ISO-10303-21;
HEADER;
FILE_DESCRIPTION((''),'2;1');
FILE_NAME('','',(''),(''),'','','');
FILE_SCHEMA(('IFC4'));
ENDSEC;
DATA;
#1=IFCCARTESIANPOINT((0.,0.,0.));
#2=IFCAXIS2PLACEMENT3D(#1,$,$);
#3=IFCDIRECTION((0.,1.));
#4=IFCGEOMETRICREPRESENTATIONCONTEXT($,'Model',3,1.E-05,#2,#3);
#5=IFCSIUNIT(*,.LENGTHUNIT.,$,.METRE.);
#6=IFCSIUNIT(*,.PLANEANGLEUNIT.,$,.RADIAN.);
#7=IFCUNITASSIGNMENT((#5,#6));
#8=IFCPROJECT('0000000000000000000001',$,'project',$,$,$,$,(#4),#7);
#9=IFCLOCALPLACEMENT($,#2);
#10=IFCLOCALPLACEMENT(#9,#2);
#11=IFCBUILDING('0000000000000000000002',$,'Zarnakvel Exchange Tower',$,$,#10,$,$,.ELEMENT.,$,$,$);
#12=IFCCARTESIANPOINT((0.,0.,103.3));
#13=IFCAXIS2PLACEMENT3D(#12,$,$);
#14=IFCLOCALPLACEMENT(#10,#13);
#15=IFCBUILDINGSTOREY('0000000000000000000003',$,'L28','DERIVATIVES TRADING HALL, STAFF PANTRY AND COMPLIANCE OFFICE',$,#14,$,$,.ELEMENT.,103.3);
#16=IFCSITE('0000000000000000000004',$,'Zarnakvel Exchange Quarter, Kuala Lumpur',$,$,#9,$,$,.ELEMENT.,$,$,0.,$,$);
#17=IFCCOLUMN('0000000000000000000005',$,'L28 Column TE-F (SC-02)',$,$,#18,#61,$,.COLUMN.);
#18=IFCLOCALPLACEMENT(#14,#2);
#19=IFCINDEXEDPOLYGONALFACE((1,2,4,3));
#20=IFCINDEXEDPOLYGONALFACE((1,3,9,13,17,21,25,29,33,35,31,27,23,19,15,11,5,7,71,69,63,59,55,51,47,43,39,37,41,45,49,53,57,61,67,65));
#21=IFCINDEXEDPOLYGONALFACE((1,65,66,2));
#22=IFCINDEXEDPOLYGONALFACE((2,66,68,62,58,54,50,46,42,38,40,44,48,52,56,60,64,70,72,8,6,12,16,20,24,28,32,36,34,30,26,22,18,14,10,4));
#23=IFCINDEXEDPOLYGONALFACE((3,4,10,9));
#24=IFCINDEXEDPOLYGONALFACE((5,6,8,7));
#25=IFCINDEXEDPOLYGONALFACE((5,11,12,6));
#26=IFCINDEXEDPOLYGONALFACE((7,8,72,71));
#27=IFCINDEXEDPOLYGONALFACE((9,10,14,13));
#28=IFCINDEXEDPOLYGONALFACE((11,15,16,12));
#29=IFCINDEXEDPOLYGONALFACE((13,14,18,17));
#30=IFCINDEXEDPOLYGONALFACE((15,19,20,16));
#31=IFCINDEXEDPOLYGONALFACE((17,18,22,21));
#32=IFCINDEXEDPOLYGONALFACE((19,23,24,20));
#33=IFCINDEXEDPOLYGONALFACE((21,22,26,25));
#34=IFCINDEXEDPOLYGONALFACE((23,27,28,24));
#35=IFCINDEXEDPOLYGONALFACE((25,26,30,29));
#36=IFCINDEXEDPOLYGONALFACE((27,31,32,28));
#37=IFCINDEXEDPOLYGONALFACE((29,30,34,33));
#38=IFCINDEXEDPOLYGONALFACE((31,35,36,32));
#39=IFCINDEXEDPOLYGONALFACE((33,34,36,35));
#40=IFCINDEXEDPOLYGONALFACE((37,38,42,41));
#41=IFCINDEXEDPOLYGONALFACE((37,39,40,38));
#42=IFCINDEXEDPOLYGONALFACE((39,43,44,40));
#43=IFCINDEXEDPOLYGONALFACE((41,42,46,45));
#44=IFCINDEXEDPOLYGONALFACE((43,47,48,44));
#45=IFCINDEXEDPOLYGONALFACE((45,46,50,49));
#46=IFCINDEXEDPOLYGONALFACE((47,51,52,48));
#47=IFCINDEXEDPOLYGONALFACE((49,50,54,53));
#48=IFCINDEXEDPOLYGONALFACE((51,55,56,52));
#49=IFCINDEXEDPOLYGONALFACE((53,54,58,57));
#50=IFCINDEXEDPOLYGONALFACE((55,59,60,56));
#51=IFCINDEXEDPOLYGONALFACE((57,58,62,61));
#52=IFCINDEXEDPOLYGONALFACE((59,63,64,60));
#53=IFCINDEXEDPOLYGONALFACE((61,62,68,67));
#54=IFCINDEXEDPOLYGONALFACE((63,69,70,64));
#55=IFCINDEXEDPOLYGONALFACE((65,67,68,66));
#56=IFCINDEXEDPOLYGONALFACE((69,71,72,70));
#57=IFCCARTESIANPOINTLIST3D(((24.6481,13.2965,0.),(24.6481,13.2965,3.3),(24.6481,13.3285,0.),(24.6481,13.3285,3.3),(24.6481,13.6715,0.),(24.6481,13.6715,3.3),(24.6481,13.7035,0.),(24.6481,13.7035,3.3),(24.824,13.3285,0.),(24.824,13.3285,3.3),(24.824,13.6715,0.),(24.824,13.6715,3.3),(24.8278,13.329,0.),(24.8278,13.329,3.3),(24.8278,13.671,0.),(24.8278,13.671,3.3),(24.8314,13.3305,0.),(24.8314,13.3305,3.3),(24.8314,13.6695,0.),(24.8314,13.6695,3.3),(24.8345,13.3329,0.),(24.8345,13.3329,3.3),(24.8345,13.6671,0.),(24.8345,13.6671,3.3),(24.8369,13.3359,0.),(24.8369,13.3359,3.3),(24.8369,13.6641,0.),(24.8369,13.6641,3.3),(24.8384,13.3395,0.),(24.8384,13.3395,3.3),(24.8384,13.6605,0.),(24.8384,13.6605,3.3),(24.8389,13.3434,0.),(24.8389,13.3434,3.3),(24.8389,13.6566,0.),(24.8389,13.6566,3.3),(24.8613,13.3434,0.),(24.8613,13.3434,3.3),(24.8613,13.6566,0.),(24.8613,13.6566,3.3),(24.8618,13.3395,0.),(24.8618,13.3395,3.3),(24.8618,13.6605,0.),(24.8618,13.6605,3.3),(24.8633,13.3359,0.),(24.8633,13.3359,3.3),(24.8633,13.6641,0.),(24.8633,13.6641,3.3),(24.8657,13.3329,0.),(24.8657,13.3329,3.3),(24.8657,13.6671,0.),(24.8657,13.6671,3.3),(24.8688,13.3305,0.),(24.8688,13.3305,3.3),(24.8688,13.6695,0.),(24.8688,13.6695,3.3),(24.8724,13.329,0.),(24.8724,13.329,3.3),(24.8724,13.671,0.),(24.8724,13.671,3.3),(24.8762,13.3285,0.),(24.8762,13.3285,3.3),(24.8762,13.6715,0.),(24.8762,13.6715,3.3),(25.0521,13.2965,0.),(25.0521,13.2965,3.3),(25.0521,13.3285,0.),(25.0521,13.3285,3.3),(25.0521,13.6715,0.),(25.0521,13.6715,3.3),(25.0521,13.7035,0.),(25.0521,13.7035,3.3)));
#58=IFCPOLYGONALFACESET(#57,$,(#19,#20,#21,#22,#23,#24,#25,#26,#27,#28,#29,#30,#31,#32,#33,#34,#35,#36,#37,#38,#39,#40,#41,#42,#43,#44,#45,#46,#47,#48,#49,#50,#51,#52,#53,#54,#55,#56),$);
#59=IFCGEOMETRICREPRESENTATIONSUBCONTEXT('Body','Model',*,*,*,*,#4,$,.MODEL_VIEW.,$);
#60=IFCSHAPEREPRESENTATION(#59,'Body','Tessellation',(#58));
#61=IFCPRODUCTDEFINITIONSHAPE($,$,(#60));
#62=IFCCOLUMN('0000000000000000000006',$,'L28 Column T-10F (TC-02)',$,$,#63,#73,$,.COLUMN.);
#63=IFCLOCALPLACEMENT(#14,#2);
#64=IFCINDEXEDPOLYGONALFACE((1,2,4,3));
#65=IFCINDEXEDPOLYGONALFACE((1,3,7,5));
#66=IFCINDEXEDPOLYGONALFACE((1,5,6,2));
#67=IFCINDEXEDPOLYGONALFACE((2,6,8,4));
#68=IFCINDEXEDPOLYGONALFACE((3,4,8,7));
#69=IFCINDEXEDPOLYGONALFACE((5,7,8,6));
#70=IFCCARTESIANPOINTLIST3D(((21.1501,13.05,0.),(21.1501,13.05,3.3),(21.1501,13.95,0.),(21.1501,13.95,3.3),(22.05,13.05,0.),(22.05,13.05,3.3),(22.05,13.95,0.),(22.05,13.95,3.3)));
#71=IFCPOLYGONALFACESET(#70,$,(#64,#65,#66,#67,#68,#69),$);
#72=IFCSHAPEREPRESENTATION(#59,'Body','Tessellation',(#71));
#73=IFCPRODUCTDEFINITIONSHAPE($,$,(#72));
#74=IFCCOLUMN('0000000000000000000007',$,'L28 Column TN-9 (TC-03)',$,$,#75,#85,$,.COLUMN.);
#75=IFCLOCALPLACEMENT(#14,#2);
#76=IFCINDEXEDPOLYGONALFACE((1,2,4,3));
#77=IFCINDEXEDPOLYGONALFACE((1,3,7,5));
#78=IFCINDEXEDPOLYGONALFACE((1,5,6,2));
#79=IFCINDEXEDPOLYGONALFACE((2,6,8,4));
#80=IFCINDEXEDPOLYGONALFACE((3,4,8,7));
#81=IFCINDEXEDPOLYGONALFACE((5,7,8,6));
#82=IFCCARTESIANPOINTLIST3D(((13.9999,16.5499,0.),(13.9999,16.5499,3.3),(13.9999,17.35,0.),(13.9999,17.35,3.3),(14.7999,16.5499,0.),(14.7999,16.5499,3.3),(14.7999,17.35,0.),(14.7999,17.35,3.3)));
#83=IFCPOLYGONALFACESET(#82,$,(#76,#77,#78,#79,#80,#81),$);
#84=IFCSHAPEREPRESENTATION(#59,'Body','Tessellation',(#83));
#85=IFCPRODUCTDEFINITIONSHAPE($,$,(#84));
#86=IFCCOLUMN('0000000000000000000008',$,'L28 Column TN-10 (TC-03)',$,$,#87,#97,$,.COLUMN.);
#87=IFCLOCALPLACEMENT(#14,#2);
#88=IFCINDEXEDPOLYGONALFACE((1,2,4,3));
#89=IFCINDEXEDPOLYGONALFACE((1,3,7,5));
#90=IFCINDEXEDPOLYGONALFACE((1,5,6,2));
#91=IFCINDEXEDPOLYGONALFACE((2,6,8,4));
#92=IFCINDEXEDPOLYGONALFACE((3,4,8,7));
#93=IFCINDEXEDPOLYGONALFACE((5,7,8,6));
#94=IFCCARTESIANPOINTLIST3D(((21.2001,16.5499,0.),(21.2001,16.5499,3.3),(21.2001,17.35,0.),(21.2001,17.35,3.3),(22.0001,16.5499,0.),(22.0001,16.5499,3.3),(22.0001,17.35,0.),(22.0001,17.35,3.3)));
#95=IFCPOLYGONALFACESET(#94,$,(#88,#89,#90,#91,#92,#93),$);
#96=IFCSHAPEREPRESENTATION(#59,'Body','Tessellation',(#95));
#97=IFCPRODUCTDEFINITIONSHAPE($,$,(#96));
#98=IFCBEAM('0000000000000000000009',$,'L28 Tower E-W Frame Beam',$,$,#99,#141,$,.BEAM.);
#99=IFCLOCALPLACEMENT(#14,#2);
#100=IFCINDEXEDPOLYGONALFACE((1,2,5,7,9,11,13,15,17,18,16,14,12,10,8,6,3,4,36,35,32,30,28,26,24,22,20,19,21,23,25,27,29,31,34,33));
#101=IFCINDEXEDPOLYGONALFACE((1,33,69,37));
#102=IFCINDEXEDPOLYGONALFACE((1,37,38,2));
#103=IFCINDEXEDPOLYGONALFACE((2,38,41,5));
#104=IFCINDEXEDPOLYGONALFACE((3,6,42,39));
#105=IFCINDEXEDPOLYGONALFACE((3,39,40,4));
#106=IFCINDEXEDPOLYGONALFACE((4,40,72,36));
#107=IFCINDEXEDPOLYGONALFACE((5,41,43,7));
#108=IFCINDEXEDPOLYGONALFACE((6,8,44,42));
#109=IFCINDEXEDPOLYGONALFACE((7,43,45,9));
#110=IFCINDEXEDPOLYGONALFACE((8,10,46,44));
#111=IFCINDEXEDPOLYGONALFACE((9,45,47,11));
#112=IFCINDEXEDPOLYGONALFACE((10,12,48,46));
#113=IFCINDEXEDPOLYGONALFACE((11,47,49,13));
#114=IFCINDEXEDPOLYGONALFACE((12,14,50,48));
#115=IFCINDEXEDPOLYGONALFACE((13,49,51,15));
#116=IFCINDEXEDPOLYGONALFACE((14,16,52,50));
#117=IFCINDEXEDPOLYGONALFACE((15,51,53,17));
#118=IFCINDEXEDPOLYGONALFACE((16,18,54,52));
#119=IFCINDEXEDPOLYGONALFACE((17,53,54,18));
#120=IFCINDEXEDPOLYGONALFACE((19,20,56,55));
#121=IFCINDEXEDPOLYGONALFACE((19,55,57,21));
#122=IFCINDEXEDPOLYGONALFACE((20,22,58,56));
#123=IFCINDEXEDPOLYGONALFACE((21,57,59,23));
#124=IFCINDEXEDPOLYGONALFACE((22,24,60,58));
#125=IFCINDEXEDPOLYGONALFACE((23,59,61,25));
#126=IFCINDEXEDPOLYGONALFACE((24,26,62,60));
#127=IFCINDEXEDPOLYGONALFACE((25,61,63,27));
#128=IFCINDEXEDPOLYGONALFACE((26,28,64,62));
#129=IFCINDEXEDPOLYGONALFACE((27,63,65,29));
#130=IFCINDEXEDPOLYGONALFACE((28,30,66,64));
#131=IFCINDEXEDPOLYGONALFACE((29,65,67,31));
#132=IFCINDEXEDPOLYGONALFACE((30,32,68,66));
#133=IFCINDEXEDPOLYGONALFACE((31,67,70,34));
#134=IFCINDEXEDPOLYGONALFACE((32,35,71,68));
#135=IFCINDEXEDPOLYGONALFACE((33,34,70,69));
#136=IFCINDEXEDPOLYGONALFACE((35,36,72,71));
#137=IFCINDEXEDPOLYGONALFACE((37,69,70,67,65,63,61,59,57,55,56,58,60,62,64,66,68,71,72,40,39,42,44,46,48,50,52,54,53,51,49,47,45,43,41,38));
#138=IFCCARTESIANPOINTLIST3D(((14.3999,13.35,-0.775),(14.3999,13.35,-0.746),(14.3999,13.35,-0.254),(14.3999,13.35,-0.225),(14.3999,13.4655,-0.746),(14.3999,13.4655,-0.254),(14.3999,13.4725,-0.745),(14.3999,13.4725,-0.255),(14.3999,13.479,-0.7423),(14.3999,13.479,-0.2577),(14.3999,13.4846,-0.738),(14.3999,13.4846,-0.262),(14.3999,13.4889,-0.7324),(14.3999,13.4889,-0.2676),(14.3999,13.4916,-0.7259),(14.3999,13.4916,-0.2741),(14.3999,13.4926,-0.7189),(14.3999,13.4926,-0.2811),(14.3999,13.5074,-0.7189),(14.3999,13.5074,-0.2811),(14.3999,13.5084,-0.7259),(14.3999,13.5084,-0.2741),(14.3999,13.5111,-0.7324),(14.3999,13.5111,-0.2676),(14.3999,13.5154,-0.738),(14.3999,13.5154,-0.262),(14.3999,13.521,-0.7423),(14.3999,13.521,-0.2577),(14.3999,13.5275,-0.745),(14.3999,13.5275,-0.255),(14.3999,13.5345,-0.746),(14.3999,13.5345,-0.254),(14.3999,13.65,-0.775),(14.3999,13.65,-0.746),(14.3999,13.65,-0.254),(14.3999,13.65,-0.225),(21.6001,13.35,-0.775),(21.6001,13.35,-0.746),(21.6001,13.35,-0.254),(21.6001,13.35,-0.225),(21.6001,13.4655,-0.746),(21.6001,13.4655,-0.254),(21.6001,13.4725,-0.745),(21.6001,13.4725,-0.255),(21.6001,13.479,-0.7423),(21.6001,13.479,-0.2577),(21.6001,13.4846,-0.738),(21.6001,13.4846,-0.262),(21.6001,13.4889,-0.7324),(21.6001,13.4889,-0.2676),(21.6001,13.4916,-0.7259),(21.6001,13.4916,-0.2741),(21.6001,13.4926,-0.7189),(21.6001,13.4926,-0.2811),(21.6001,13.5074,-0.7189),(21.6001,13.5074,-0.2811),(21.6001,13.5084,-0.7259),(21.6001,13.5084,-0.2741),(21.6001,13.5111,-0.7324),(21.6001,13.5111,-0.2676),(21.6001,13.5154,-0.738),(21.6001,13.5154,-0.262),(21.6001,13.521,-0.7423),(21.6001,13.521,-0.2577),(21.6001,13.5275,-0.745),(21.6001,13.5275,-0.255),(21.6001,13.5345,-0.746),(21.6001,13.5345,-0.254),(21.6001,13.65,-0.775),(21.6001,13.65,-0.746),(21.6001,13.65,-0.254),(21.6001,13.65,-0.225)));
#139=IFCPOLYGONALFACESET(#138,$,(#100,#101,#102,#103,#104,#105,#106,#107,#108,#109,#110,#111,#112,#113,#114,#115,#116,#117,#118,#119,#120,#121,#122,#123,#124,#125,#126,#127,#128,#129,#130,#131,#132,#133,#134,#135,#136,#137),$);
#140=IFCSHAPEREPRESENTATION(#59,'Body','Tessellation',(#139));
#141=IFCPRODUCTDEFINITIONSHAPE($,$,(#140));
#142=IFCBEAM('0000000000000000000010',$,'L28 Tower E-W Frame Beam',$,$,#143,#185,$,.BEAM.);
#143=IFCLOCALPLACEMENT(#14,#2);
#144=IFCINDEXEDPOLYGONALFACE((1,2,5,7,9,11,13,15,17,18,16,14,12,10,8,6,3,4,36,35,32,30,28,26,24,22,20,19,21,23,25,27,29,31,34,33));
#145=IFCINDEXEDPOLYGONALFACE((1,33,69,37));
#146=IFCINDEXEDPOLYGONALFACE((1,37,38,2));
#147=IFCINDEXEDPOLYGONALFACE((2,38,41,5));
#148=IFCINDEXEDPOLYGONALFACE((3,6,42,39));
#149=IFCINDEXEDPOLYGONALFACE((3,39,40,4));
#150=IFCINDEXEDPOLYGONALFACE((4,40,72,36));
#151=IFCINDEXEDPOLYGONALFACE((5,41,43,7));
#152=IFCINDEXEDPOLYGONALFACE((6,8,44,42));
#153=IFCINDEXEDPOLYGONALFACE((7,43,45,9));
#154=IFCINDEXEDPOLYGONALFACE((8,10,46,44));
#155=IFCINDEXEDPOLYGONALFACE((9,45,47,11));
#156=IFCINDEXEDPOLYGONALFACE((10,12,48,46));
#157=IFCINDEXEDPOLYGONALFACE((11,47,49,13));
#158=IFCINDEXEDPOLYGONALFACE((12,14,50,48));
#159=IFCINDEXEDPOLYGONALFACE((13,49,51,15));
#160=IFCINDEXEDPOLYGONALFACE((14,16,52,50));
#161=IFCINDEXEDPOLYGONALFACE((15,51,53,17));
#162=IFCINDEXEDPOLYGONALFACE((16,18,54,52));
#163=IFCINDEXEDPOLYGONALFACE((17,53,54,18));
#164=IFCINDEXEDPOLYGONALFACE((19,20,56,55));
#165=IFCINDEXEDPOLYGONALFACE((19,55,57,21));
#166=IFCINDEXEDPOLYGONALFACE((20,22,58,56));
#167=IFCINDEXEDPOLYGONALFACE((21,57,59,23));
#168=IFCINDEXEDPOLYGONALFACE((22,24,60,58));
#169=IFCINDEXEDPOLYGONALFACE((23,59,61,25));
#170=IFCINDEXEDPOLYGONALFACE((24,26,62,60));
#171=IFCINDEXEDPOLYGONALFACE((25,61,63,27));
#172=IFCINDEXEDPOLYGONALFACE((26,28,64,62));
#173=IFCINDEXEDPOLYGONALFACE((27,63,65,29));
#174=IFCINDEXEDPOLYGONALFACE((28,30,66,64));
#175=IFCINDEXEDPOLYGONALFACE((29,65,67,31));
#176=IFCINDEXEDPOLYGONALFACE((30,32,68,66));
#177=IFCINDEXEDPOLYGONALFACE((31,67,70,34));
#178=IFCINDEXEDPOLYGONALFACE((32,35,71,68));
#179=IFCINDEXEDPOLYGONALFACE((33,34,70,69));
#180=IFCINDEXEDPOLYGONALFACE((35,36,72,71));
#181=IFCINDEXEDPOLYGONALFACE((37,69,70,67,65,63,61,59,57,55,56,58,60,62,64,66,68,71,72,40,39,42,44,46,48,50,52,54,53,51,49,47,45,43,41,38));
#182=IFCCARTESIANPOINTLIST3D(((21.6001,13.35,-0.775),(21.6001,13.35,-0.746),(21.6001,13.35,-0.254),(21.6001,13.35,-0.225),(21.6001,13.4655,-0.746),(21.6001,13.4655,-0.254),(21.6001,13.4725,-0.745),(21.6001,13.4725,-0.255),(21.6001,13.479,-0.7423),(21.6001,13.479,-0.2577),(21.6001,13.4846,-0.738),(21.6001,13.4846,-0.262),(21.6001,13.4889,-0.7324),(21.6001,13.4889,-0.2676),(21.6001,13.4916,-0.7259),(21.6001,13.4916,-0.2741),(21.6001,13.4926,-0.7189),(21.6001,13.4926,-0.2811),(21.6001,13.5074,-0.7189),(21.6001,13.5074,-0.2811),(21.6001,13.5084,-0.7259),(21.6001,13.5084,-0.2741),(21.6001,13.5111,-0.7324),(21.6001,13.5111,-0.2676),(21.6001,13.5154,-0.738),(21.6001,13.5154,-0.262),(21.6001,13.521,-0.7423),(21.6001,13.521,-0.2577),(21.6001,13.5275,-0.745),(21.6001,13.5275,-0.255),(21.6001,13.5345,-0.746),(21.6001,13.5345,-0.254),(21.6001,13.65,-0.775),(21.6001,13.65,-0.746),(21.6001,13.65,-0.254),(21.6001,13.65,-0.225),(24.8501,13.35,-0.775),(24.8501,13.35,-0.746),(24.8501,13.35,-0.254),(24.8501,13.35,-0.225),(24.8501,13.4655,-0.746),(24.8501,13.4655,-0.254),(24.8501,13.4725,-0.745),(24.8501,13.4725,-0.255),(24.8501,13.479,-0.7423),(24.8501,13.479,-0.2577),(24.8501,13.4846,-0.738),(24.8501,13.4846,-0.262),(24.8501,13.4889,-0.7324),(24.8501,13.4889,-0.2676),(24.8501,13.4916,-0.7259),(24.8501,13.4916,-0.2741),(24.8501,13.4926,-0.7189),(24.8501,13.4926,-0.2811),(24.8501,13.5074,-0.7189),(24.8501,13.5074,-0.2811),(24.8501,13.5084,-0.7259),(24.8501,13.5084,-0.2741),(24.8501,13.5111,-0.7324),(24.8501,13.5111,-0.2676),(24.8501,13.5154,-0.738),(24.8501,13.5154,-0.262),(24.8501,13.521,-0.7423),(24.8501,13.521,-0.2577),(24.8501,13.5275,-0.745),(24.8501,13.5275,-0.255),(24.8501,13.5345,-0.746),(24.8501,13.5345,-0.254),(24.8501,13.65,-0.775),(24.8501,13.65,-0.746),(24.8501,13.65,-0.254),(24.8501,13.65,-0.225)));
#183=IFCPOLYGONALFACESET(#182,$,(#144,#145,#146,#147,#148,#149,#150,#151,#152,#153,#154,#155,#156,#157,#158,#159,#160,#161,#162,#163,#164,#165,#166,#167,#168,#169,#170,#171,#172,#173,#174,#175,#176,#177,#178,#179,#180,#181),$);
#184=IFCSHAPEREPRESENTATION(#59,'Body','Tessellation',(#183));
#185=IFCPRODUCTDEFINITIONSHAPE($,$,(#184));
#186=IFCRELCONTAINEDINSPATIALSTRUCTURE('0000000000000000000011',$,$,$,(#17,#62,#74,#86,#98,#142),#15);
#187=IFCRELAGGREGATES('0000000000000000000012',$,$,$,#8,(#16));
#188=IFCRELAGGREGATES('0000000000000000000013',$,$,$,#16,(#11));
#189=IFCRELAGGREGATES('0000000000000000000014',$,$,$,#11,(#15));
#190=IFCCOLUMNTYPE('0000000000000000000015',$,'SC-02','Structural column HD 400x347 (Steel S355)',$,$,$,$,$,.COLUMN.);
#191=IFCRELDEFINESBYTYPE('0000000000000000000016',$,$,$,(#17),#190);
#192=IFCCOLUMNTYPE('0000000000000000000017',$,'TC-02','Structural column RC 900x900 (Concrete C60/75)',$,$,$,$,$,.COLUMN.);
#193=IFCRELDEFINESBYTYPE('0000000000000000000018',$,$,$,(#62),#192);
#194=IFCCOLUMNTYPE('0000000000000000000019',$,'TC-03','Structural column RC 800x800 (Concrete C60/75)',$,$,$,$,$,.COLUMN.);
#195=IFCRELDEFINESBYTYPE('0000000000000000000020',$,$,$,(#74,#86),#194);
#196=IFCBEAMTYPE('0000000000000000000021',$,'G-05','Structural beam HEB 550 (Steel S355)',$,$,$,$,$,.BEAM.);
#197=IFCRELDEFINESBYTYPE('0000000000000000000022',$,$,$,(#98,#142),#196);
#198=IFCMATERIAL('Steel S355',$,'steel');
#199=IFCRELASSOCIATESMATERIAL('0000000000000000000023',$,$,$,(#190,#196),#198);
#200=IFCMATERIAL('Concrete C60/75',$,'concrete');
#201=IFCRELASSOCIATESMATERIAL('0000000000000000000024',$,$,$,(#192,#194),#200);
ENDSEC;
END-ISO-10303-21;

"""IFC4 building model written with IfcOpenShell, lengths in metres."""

from ifc_helpers import new_model, si_unit, direction, frame, origin, origin_2d, place, context, subcontext, project, spatial, rectangle, i_section, extrude, material, material_profile, profile_set, type_object, element, save


model = new_model("IFC4")

# Units and contexts
model_context = context("Model", 3, precision=1e-05, world=origin(), true_north=direction((0.0, 1.0)))
body_context = subcontext(model_context, "Body", "Model", "MODEL_VIEW")
ifc_project = project(units=[si_unit("LENGTHUNIT", "METRE"), si_unit("PLANEANGLEUNIT", "RADIAN")], contexts=[model_context])

# Site, building, storey
site_placement = place(None, origin())
site = spatial("IfcSite", under=ifc_project, at=site_placement, Name="Zarnakvel Exchange Quarter, Kuala Lumpur", CompositionType="ELEMENT", RefElevation=0.0)
building_placement = place(site_placement, origin())
building = spatial("IfcBuilding", under=site, at=building_placement, Name="Zarnakvel Exchange Tower", CompositionType="ELEMENT")
storey_placement = place(building_placement, frame((0.0, 0.0, 103.3)))
storey = spatial("IfcBuildingStorey", under=building, at=storey_placement, Name="L28", Description="DERIVATIVES TRADING HALL, STAFF PANTRY AND COMPLIANCE OFFICE", CompositionType="ELEMENT", Elevation=103.3)

# Columns
ifc_material_1 = material(Name="Steel S355", Category="steel")
ifc_material_profile_1 = material_profile(ifc_material_1, i_section(OverallWidth=0.4041, OverallDepth=0.407, WebThickness=0.0225, FlangeThickness=0.032, FilletRadius=0.0149, at=origin_2d()))
ifc_profile_set_1 = profile_set([ifc_material_profile_1], Name="Steel S355")
column_type_1 = type_object("IfcColumnType", Name="SC-02", Description="Structural column HD 400x347 (Steel S355)", PredefinedType="COLUMN", material=ifc_profile_set_1)
column_1_placement = place(storey_placement, frame((24.8501, 13.5, 0.0), z_axis=(0.0, 0.0, 1.0), x_axis=(1.0, 0.0, 0.0)))
element("IfcColumn", 1, at=column_1_placement, inside=storey, type_object=column_type_1, Name="L28 Column TE-F (SC-02)", PredefinedType="COLUMN", context=body_context, shape_type="SweptSolid", body=[
    extrude(i_section(OverallWidth=0.4041, OverallDepth=0.407, WebThickness=0.0225, FlangeThickness=0.032, FilletRadius=0.0149, at=origin_2d()), origin(), (0.0, 0.0, 1.0), 3.3),
])
ifc_material_2 = material(Name="Concrete C60/75", Category="concrete")
ifc_material_profile_2 = material_profile(ifc_material_2, rectangle(XDim=0.8999, YDim=0.8999, at=origin_2d()))
ifc_profile_set_2 = profile_set([ifc_material_profile_2], Name="Concrete C60/75")
column_type_2 = type_object("IfcColumnType", Name="TC-02", Description="Structural column RC 900x900 (Concrete C60/75)", PredefinedType="COLUMN", material=ifc_profile_set_2)
column_2_placement = place(storey_placement, frame((21.6001, 13.5, 0.0), z_axis=(0.0, 0.0, 1.0), x_axis=(1.0, 0.0, 0.0)))
element("IfcColumn", 2, at=column_2_placement, inside=storey, type_object=column_type_2, Name="L28 Column T-10F (TC-02)", PredefinedType="COLUMN", context=body_context, shape_type="SweptSolid", body=[
    extrude(rectangle(XDim=0.8999, YDim=0.8999, at=origin_2d()), origin(), (0.0, 0.0, 1.0), 3.3),
])
ifc_material_profile_3 = material_profile(ifc_material_2, rectangle(XDim=0.8, YDim=0.8, at=origin_2d()))
ifc_profile_set_3 = profile_set([ifc_material_profile_3], Name="Concrete C60/75")
column_type_3 = type_object("IfcColumnType", Name="TC-03", Description="Structural column RC 800x800 (Concrete C60/75)", PredefinedType="COLUMN", material=ifc_profile_set_3)
for number, where, z_axis, x_axis, name in (
    (3, (14.3999, 16.95, 0.0), (0.0, 0.0, 1.0), (1.0, 0.0, 0.0), "L28 Column TN-9 (TC-03)"),
    (4, (21.6001, 16.95, 0.0), (0.0, 0.0, 1.0), (1.0, 0.0, 0.0), "L28 Column TN-10 (TC-03)"),
):
    element("IfcColumn", number, at=place(storey_placement, frame(where, z_axis=z_axis, x_axis=x_axis)), inside=storey, type_object=column_type_3, Name=name, PredefinedType="COLUMN", context=body_context, shape_type="SweptSolid", body=[
        extrude(rectangle(XDim=0.8, YDim=0.8, at=origin_2d()), origin(), (0.0, 0.0, 1.0), 3.3),
    ])

# Beams
ifc_material_profile_4 = material_profile(ifc_material_1, i_section(OverallWidth=0.3, OverallDepth=0.55, WebThickness=0.0149, FlangeThickness=0.0291, FilletRadius=0.0271, at=origin_2d()))
ifc_profile_set_4 = profile_set([ifc_material_profile_4], Name="Steel S355")
beam_type_1 = type_object("IfcBeamType", Name="G-05", Description="Structural beam HEB 550 (Steel S355)", PredefinedType="BEAM", material=ifc_profile_set_4)
beam_1_placement = place(storey_placement, frame((14.3999, 13.5, -0.5), z_axis=(1.0, 0.0, 0.0), x_axis=(0.0, 1.0, 0.0)))
element("IfcBeam", 5, at=beam_1_placement, inside=storey, type_object=beam_type_1, Name="L28 Tower E-W Frame Beam", PredefinedType="BEAM", context=body_context, shape_type="SweptSolid", body=[
    extrude(i_section(OverallWidth=0.3, OverallDepth=0.55, WebThickness=0.0149, FlangeThickness=0.0291, FilletRadius=0.0271, at=origin_2d()), origin(), (0.0, 0.0, 1.0), 7.2002),
])
beam_2_placement = place(storey_placement, frame((21.6001, 13.5, -0.5), z_axis=(1.0, 0.0, 0.0), x_axis=(0.0, 1.0, 0.0)))
element("IfcBeam", 6, at=beam_2_placement, inside=storey, type_object=beam_type_1, Name="L28 Tower E-W Frame Beam", PredefinedType="BEAM", context=body_context, shape_type="SweptSolid", body=[
    extrude(i_section(OverallWidth=0.3, OverallDepth=0.55, WebThickness=0.0149, FlangeThickness=0.0291, FilletRadius=0.0271, at=origin_2d()), origin(), (0.0, 0.0, 1.0), 3.25),
])

save(model, "model.ifc")
